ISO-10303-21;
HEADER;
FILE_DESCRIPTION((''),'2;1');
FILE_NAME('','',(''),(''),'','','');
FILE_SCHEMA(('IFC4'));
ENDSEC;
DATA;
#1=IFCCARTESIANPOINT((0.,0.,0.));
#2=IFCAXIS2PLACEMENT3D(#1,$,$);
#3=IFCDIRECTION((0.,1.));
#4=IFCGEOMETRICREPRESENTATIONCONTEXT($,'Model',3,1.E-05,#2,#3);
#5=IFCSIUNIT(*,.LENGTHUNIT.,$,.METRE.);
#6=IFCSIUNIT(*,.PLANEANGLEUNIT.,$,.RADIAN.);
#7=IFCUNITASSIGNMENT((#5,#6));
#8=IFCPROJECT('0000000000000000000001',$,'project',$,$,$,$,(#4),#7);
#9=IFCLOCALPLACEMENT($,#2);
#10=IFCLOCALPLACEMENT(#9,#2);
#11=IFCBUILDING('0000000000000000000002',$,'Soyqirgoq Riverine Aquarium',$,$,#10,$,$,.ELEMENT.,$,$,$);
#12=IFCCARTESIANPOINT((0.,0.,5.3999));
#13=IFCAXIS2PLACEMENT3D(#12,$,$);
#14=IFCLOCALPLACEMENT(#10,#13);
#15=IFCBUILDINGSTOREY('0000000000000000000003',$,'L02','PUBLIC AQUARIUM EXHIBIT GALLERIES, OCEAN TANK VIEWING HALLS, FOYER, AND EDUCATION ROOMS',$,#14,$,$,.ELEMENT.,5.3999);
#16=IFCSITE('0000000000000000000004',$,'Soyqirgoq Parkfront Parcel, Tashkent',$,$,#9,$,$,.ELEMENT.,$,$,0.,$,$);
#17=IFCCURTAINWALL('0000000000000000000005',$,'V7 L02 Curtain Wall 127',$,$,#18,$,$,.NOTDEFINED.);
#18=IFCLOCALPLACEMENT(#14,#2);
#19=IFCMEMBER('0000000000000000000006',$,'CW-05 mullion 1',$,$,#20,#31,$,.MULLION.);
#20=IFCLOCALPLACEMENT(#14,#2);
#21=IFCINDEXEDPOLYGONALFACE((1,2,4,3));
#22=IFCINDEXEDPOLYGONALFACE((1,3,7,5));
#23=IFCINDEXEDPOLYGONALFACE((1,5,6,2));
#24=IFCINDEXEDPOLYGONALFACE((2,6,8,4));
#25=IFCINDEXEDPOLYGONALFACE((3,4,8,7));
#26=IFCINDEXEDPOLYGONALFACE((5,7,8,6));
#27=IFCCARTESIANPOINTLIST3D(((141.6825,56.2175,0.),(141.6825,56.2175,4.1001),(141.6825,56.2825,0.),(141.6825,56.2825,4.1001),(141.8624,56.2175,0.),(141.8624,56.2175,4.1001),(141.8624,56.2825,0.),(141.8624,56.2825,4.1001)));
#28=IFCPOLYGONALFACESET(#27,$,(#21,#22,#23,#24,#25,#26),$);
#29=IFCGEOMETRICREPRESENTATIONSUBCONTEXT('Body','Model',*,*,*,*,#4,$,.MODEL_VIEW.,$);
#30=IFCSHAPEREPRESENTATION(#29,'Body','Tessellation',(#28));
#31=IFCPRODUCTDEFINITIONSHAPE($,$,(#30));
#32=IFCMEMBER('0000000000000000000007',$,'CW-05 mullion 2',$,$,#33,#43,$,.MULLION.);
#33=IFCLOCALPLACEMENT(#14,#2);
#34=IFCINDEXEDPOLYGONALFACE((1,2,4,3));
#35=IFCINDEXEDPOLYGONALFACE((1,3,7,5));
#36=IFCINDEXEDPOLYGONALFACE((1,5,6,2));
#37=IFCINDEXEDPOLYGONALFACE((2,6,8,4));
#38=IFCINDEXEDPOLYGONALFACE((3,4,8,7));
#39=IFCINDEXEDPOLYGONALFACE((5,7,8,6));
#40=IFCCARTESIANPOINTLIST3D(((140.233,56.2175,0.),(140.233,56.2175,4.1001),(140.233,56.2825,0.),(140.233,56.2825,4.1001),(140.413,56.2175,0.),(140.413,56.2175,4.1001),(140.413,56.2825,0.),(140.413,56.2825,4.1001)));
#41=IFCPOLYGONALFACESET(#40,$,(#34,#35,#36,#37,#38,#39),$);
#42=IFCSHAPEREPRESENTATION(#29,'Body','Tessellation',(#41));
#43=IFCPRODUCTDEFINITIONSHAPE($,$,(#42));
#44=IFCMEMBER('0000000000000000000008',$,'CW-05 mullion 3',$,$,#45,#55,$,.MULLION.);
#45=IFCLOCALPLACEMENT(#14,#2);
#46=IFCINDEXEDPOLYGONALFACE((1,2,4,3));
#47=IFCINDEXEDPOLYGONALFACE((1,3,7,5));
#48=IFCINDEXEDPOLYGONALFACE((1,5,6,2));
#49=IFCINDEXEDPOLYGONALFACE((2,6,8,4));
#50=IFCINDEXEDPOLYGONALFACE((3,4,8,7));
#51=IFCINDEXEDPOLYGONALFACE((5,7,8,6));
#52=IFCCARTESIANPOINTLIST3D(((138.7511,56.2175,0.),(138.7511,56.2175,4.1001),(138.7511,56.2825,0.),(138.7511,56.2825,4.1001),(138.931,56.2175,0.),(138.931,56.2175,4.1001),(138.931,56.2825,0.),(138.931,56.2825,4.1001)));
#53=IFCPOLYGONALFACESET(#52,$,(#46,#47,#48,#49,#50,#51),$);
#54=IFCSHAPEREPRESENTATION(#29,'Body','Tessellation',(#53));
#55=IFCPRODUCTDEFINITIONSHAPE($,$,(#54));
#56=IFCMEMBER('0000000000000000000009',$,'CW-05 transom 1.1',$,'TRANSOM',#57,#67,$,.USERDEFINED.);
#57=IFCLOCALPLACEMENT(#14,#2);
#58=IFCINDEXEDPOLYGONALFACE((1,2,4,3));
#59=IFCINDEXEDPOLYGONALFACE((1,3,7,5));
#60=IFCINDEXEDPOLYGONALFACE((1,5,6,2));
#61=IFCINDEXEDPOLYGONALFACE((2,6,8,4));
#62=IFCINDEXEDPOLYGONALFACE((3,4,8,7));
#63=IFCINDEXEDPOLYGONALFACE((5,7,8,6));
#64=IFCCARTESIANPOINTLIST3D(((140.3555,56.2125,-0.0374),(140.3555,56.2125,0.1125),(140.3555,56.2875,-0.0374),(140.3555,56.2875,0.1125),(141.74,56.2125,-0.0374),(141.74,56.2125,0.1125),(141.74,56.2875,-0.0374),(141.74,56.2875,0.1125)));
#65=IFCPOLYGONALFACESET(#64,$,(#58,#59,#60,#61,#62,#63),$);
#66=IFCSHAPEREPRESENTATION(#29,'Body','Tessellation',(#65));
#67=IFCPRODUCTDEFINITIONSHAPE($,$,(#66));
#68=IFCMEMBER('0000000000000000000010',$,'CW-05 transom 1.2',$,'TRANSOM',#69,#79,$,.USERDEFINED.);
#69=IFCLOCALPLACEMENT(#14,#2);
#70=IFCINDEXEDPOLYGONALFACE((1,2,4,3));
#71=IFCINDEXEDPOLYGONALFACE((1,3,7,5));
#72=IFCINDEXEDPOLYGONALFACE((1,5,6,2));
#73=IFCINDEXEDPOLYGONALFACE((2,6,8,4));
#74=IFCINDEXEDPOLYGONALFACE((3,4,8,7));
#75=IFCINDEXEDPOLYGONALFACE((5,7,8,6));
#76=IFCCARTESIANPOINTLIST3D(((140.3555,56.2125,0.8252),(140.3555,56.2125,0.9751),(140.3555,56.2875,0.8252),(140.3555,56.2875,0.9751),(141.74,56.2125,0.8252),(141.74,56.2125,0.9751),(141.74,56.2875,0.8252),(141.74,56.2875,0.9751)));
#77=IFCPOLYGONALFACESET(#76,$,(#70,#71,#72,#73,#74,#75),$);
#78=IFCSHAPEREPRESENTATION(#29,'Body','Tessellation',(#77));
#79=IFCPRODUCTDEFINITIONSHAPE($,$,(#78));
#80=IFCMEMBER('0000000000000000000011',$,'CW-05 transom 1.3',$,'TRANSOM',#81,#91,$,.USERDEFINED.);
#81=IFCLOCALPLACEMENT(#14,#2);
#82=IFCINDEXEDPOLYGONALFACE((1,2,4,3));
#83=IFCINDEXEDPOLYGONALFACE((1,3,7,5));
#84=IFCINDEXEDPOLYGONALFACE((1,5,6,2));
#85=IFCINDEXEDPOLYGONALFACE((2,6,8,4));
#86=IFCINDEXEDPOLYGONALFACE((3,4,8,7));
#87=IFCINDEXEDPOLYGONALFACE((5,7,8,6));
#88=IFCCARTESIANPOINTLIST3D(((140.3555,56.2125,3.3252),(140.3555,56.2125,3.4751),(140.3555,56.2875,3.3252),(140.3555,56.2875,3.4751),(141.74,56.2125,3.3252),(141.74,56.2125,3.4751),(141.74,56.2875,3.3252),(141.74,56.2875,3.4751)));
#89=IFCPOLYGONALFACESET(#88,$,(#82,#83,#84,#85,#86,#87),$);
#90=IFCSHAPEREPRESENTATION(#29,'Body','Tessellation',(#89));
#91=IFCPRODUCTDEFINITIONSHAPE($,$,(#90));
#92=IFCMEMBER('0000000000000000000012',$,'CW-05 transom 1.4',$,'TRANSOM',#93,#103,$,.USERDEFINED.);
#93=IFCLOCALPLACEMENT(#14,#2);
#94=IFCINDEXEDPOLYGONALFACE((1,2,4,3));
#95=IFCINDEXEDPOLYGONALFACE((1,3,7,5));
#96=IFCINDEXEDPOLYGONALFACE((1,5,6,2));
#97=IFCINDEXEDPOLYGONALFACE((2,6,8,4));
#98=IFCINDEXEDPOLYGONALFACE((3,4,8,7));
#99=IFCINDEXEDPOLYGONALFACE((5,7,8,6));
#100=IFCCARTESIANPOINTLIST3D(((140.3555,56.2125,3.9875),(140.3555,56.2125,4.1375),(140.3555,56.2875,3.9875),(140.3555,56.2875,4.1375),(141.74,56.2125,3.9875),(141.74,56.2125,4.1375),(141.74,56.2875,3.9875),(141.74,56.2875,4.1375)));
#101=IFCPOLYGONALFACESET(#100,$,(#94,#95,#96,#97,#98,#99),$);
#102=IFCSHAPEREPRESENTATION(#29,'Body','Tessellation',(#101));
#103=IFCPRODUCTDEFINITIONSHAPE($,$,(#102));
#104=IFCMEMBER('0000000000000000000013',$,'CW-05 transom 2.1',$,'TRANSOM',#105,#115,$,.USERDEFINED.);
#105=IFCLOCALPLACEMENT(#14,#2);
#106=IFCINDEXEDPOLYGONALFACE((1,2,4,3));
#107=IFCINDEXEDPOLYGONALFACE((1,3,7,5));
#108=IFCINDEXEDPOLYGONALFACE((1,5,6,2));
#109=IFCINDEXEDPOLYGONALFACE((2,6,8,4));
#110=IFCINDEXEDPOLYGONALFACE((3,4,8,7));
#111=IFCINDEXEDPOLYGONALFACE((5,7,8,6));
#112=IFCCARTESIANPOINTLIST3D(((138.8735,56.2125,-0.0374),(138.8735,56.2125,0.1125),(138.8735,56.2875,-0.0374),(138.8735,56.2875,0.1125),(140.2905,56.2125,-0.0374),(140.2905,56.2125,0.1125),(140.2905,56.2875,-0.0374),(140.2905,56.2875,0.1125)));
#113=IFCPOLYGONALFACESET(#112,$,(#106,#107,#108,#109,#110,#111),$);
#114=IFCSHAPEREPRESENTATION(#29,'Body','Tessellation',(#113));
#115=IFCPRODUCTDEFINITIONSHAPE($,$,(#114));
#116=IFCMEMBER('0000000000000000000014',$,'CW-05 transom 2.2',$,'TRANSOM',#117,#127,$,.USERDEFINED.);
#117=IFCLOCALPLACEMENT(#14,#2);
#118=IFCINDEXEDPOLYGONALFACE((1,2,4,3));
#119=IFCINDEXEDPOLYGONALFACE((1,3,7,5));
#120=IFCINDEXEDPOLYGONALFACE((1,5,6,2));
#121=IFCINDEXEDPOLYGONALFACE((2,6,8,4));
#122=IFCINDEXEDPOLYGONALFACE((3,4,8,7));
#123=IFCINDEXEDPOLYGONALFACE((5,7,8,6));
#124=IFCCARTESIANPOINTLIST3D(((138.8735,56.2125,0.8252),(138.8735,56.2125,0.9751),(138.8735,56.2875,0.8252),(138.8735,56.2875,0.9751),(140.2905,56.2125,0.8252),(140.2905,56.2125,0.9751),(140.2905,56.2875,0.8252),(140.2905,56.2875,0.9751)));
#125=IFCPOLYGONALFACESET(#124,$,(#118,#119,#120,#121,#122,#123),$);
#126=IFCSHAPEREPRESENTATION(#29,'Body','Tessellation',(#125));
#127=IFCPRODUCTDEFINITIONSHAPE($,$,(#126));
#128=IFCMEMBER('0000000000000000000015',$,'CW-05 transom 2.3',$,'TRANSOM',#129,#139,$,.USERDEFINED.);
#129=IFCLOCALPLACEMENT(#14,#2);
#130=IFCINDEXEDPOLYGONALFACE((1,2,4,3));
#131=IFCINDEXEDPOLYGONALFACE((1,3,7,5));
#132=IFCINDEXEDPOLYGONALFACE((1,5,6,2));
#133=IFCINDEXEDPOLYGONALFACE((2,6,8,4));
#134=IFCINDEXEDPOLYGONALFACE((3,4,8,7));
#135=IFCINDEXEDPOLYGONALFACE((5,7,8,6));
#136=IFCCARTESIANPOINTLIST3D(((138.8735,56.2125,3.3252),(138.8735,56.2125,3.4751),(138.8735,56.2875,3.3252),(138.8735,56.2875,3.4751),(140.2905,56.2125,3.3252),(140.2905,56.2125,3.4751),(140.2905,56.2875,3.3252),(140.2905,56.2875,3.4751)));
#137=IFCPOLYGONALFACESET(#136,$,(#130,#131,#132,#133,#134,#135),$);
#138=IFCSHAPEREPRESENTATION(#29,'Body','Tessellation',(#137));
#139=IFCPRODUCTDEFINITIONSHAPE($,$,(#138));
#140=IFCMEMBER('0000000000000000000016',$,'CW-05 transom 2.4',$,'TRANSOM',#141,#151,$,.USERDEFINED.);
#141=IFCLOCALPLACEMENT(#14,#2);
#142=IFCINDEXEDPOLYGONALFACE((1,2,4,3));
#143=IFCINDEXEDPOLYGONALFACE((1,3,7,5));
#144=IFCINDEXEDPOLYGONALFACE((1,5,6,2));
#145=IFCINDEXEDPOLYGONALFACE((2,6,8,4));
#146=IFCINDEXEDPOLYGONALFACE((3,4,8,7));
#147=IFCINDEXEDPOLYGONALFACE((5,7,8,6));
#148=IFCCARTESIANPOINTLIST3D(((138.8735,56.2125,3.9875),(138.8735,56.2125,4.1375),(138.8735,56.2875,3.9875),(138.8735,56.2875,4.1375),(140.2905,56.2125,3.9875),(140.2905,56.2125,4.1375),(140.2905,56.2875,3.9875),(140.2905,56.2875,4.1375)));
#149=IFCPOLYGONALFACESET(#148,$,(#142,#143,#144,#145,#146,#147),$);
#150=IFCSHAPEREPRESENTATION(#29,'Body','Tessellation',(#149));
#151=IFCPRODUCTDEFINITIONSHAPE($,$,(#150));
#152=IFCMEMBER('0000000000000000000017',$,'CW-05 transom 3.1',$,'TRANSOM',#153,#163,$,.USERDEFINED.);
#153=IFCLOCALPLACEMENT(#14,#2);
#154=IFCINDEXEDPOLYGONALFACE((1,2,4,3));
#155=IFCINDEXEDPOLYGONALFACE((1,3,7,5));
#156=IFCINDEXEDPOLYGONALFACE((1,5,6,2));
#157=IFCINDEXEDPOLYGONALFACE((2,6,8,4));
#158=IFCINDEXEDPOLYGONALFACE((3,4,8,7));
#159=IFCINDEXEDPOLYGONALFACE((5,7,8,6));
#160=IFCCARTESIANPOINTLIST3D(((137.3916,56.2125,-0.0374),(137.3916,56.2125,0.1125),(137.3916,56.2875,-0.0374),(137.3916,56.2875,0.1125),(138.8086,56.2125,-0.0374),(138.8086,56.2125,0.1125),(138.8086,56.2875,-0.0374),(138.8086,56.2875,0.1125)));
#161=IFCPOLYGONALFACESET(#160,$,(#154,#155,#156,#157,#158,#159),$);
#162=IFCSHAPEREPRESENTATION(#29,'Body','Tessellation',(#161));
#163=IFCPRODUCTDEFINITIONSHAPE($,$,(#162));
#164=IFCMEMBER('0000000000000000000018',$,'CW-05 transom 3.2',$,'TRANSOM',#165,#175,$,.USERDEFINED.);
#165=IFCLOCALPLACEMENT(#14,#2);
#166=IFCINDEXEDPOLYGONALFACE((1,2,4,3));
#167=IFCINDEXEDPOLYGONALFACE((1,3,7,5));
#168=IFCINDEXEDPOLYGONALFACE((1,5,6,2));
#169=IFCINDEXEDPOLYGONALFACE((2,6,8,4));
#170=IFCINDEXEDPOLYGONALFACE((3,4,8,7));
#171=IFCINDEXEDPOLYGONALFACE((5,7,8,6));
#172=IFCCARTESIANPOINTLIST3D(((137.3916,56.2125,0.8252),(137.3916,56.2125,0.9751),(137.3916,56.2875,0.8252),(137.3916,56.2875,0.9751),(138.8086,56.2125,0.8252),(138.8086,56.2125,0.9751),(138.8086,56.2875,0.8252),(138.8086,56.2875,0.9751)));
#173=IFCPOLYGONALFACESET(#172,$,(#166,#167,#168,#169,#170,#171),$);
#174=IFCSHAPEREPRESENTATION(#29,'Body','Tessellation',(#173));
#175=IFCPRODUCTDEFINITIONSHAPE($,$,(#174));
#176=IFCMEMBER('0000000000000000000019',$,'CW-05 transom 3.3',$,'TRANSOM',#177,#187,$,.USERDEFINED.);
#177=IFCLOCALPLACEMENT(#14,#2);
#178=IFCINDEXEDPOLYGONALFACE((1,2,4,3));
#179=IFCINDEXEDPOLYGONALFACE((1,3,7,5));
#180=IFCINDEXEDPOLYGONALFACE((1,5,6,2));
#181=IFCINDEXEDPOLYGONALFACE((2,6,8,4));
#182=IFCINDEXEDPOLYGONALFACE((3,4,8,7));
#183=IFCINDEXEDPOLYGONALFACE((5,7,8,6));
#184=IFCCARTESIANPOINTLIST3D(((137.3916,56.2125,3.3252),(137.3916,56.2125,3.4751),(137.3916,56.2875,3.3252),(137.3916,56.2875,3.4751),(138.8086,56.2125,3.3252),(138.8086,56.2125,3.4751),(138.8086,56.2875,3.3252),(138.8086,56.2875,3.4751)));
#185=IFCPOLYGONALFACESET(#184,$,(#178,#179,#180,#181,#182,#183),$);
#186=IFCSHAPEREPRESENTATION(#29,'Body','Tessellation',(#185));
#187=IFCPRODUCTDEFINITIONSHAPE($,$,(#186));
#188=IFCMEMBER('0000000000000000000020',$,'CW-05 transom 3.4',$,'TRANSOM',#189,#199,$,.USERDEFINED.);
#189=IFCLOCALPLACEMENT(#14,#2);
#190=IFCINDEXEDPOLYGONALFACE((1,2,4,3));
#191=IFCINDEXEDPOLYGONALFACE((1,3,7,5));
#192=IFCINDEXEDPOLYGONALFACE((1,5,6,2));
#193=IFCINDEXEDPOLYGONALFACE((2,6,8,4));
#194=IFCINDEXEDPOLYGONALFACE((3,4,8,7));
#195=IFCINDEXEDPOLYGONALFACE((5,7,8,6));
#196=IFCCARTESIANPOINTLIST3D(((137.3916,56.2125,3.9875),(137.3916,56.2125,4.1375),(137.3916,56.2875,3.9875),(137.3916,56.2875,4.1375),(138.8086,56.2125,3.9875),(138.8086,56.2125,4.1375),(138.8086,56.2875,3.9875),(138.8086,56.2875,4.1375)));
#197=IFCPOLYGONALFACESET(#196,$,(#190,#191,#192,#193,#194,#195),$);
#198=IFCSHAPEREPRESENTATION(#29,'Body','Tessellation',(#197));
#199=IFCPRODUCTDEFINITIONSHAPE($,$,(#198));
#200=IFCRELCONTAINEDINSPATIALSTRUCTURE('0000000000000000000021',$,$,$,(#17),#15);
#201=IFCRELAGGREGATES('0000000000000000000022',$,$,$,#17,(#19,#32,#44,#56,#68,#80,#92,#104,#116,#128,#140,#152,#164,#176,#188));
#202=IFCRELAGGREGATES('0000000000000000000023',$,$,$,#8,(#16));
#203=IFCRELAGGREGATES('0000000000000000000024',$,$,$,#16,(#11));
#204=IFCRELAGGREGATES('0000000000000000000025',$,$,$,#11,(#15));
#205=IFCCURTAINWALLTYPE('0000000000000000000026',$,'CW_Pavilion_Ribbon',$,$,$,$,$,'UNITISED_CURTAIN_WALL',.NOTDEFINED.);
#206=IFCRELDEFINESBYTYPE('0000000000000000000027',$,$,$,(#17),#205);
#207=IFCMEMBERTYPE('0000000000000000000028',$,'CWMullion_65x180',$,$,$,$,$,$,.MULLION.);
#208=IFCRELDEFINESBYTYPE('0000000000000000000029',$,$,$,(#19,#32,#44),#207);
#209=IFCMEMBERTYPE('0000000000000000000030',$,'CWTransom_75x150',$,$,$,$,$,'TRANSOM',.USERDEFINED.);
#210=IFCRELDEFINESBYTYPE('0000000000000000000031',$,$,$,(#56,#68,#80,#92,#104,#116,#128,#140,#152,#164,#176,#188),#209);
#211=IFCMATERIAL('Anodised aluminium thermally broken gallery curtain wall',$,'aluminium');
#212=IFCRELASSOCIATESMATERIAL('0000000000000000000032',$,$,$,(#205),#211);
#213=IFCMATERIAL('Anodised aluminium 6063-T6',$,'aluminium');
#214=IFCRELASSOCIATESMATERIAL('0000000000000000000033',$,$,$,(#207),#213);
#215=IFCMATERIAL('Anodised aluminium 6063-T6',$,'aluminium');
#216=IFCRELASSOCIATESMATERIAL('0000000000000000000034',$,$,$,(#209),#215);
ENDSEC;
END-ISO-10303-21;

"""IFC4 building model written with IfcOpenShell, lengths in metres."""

from ifc_helpers import new_model, si_unit, direction, frame, origin, origin_2d, place, context, subcontext, project, spatial, rectangle, extrude, material, material_profile, profile_set, type_object, element, aggregate, save


model = new_model("IFC4")

# Units and contexts
model_context = context("Model", 3, precision=1e-05, world=origin(), true_north=direction((0.0, 1.0)))
body_context = subcontext(model_context, "Body", "Model", "MODEL_VIEW")
ifc_project = project(units=[si_unit("LENGTHUNIT", "METRE"), si_unit("PLANEANGLEUNIT", "RADIAN")], contexts=[model_context])

# Site, building, storey
site_placement = place(None, origin())
site = spatial("IfcSite", under=ifc_project, at=site_placement, Name="Soyqirgoq Parkfront Parcel, Tashkent", CompositionType="ELEMENT", RefElevation=0.0)
building_placement = place(site_placement, origin())
building = spatial("IfcBuilding", under=site, at=building_placement, Name="Soyqirgoq Riverine Aquarium", CompositionType="ELEMENT")
storey_placement = place(building_placement, frame((0.0, 0.0, 5.3999)))
storey = spatial("IfcBuildingStorey", under=building, at=storey_placement, Name="L02", Description="PUBLIC AQUARIUM EXHIBIT GALLERIES, OCEAN TANK VIEWING HALLS, FOYER, AND EDUCATION ROOMS", CompositionType="ELEMENT", Elevation=5.3999)

# Curtain wall, members
ifc_material_1 = material(Name="Anodised aluminium thermally broken gallery curtain wall", Category="aluminium")
curtain_wall_type = type_object("IfcCurtainWallType", Name="CW_Pavilion_Ribbon", ElementType="UNITISED_CURTAIN_WALL", PredefinedType="NOTDEFINED", material=ifc_material_1)
curtain_wall_placement = place(storey_placement, origin())
curtain_wall = element("IfcCurtainWall", 1, at=curtain_wall_placement, inside=storey, type_object=curtain_wall_type, Name="V7 L02 Curtain Wall 127", PredefinedType="NOTDEFINED")
ifc_material_2 = material(Name="Anodised aluminium 6063-T6", Category="aluminium")
ifc_material_profile_1 = material_profile(ifc_material_2, rectangle(XDim=0.0649, YDim=0.1799, at=origin_2d()), Name="ALU-M 65x180")
ifc_profile_set_1 = profile_set([ifc_material_profile_1], Name="Anodised aluminium 6063-T6")
member_type_1 = type_object("IfcMemberType", Name="CWMullion_65x180", PredefinedType="MULLION", material=ifc_profile_set_1)
member_1_placement = place(storey_placement, frame((141.7725, 56.25, 0.0), z_axis=(0.0, 0.0, 1.0), x_axis=(0.0, -1.0, 0.0)))
member_1 = element("IfcMember", 2, at=member_1_placement, type_object=member_type_1, Name="CW-05 mullion 1", PredefinedType="MULLION", context=body_context, shape_type="SweptSolid", body=[
    extrude(rectangle(XDim=0.0649, YDim=0.1799, at=origin_2d()), origin(), (0.0, 0.0, 1.0), 4.1001),
])
member_2_placement = place(storey_placement, frame((140.323, 56.25, 0.0), z_axis=(0.0, 0.0, 1.0), x_axis=(0.0, -1.0, 0.0)))
member_2 = element("IfcMember", 3, at=member_2_placement, type_object=member_type_1, Name="CW-05 mullion 2", PredefinedType="MULLION", context=body_context, shape_type="SweptSolid", body=[
    extrude(rectangle(XDim=0.0649, YDim=0.1799, at=origin_2d()), origin(), (0.0, 0.0, 1.0), 4.1001),
])
member_3_placement = place(storey_placement, frame((138.8411, 56.25, 0.0), z_axis=(0.0, 0.0, 1.0), x_axis=(0.0, -1.0, 0.0)))
member_3 = element("IfcMember", 4, at=member_3_placement, type_object=member_type_1, Name="CW-05 mullion 3", PredefinedType="MULLION", context=body_context, shape_type="SweptSolid", body=[
    extrude(rectangle(XDim=0.0649, YDim=0.1799, at=origin_2d()), origin(), (0.0, 0.0, 1.0), 4.1001),
])
ifc_material_3 = material(Name="Anodised aluminium 6063-T6", Category="aluminium")
ifc_material_profile_2 = material_profile(ifc_material_3, rectangle(XDim=0.075, YDim=0.1499, at=origin_2d()), Name="ALU-T 75x150")
ifc_profile_set_2 = profile_set([ifc_material_profile_2], Name="Anodised aluminium 6063-T6")
member_type_2 = type_object("IfcMemberType", Name="CWTransom_75x150", ElementType="TRANSOM", PredefinedType="USERDEFINED", material=ifc_profile_set_2)
member_4_placement = place(storey_placement, frame((141.74, 56.25, 0.0376), z_axis=(-1.0, 0.0, 0.0), x_axis=(0.0, -1.0, 0.0)))
member_4 = element("IfcMember", 5, at=member_4_placement, type_object=member_type_2, Name="CW-05 transom 1.1", ObjectType="TRANSOM", PredefinedType="USERDEFINED", context=body_context, shape_type="SweptSolid", body=[
    extrude(rectangle(XDim=0.075, YDim=0.1499, at=origin_2d()), origin(), (0.0, 0.0, 1.0), 1.3845),
])
member_5_placement = place(storey_placement, frame((141.74, 56.25, 0.9001), z_axis=(-1.0, 0.0, 0.0), x_axis=(0.0, -1.0, 0.0)))
member_5 = element("IfcMember", 6, at=member_5_placement, type_object=member_type_2, Name="CW-05 transom 1.2", ObjectType="TRANSOM", PredefinedType="USERDEFINED", context=body_context, shape_type="SweptSolid", body=[
    extrude(rectangle(XDim=0.075, YDim=0.1499, at=origin_2d()), origin(), (0.0, 0.0, 1.0), 1.3845),
])
member_6_placement = place(storey_placement, frame((141.74, 56.25, 3.4001), z_axis=(-1.0, 0.0, 0.0), x_axis=(0.0, -1.0, 0.0)))
member_6 = element("IfcMember", 7, at=member_6_placement, type_object=member_type_2, Name="CW-05 transom 1.3", ObjectType="TRANSOM", PredefinedType="USERDEFINED", context=body_context, shape_type="SweptSolid", body=[
    extrude(rectangle(XDim=0.075, YDim=0.1499, at=origin_2d()), origin(), (0.0, 0.0, 1.0), 1.3845),
])
member_7_placement = place(storey_placement, frame((141.74, 56.25, 4.0625), z_axis=(-1.0, 0.0, 0.0), x_axis=(0.0, -1.0, 0.0)))
member_7 = element("IfcMember", 8, at=member_7_placement, type_object=member_type_2, Name="CW-05 transom 1.4", ObjectType="TRANSOM", PredefinedType="USERDEFINED", context=body_context, shape_type="SweptSolid", body=[
    extrude(rectangle(XDim=0.075, YDim=0.1499, at=origin_2d()), origin(), (0.0, 0.0, 1.0), 1.3845),
])
member_8_placement = place(storey_placement, frame((140.2905, 56.25, 0.0376), z_axis=(-1.0, 0.0, 0.0), x_axis=(0.0, -1.0, 0.0)))
member_8 = element("IfcMember", 9, at=member_8_placement, type_object=member_type_2, Name="CW-05 transom 2.1", ObjectType="TRANSOM", PredefinedType="USERDEFINED", context=body_context, shape_type="SweptSolid", body=[
    extrude(rectangle(XDim=0.075, YDim=0.1499, at=origin_2d()), origin(), (0.0, 0.0, 1.0), 1.417),
])
member_9_placement = place(storey_placement, frame((140.2905, 56.25, 0.9001), z_axis=(-1.0, 0.0, 0.0), x_axis=(0.0, -1.0, 0.0)))
member_9 = element("IfcMember", 10, at=member_9_placement, type_object=member_type_2, Name="CW-05 transom 2.2", ObjectType="TRANSOM", PredefinedType="USERDEFINED", context=body_context, shape_type="SweptSolid", body=[
    extrude(rectangle(XDim=0.075, YDim=0.1499, at=origin_2d()), origin(), (0.0, 0.0, 1.0), 1.417),
])
member_10_placement = place(storey_placement, frame((140.2905, 56.25, 3.4001), z_axis=(-1.0, 0.0, 0.0), x_axis=(0.0, -1.0, 0.0)))
member_10 = element("IfcMember", 11, at=member_10_placement, type_object=member_type_2, Name="CW-05 transom 2.3", ObjectType="TRANSOM", PredefinedType="USERDEFINED", context=body_context, shape_type="SweptSolid", body=[
    extrude(rectangle(XDim=0.075, YDim=0.1499, at=origin_2d()), origin(), (0.0, 0.0, 1.0), 1.417),
])
member_11_placement = place(storey_placement, frame((140.2905, 56.25, 4.0625), z_axis=(-1.0, 0.0, 0.0), x_axis=(0.0, -1.0, 0.0)))
member_11 = element("IfcMember", 12, at=member_11_placement, type_object=member_type_2, Name="CW-05 transom 2.4", ObjectType="TRANSOM", PredefinedType="USERDEFINED", context=body_context, shape_type="SweptSolid", body=[
    extrude(rectangle(XDim=0.075, YDim=0.1499, at=origin_2d()), origin(), (0.0, 0.0, 1.0), 1.417),
])
member_12_placement = place(storey_placement, frame((138.8086, 56.25, 0.0376), z_axis=(-1.0, 0.0, 0.0), x_axis=(0.0, -1.0, 0.0)))
member_12 = element("IfcMember", 13, at=member_12_placement, type_object=member_type_2, Name="CW-05 transom 3.1", ObjectType="TRANSOM", PredefinedType="USERDEFINED", context=body_context, shape_type="SweptSolid", body=[
    extrude(rectangle(XDim=0.075, YDim=0.1499, at=origin_2d()), origin(), (0.0, 0.0, 1.0), 1.417),
])
member_13_placement = place(storey_placement, frame((138.8086, 56.25, 0.9001), z_axis=(-1.0, 0.0, 0.0), x_axis=(0.0, -1.0, 0.0)))
member_13 = element("IfcMember", 14, at=member_13_placement, type_object=member_type_2, Name="CW-05 transom 3.2", ObjectType="TRANSOM", PredefinedType="USERDEFINED", context=body_context, shape_type="SweptSolid", body=[
    extrude(rectangle(XDim=0.075, YDim=0.1499, at=origin_2d()), origin(), (0.0, 0.0, 1.0), 1.417),
])
member_14_placement = place(storey_placement, frame((138.8086, 56.25, 3.4001), z_axis=(-1.0, 0.0, 0.0), x_axis=(0.0, -1.0, 0.0)))
member_14 = element("IfcMember", 15, at=member_14_placement, type_object=member_type_2, Name="CW-05 transom 3.3", ObjectType="TRANSOM", PredefinedType="USERDEFINED", context=body_context, shape_type="SweptSolid", body=[
    extrude(rectangle(XDim=0.075, YDim=0.1499, at=origin_2d()), origin(), (0.0, 0.0, 1.0), 1.417),
])
member_15_placement = place(storey_placement, frame((138.8086, 56.25, 4.0625), z_axis=(-1.0, 0.0, 0.0), x_axis=(0.0, -1.0, 0.0)))
member_15 = element("IfcMember", 16, at=member_15_placement, type_object=member_type_2, Name="CW-05 transom 3.4", ObjectType="TRANSOM", PredefinedType="USERDEFINED", context=body_context, shape_type="SweptSolid", body=[
    extrude(rectangle(XDim=0.075, YDim=0.1499, at=origin_2d()), origin(), (0.0, 0.0, 1.0), 1.417),
])
aggregate(curtain_wall, [member_1, member_2, member_3, member_4, member_5, member_6, member_7, member_8, member_9, member_10, member_11, member_12, member_13, member_14, member_15])

save(model, "model.ifc")
